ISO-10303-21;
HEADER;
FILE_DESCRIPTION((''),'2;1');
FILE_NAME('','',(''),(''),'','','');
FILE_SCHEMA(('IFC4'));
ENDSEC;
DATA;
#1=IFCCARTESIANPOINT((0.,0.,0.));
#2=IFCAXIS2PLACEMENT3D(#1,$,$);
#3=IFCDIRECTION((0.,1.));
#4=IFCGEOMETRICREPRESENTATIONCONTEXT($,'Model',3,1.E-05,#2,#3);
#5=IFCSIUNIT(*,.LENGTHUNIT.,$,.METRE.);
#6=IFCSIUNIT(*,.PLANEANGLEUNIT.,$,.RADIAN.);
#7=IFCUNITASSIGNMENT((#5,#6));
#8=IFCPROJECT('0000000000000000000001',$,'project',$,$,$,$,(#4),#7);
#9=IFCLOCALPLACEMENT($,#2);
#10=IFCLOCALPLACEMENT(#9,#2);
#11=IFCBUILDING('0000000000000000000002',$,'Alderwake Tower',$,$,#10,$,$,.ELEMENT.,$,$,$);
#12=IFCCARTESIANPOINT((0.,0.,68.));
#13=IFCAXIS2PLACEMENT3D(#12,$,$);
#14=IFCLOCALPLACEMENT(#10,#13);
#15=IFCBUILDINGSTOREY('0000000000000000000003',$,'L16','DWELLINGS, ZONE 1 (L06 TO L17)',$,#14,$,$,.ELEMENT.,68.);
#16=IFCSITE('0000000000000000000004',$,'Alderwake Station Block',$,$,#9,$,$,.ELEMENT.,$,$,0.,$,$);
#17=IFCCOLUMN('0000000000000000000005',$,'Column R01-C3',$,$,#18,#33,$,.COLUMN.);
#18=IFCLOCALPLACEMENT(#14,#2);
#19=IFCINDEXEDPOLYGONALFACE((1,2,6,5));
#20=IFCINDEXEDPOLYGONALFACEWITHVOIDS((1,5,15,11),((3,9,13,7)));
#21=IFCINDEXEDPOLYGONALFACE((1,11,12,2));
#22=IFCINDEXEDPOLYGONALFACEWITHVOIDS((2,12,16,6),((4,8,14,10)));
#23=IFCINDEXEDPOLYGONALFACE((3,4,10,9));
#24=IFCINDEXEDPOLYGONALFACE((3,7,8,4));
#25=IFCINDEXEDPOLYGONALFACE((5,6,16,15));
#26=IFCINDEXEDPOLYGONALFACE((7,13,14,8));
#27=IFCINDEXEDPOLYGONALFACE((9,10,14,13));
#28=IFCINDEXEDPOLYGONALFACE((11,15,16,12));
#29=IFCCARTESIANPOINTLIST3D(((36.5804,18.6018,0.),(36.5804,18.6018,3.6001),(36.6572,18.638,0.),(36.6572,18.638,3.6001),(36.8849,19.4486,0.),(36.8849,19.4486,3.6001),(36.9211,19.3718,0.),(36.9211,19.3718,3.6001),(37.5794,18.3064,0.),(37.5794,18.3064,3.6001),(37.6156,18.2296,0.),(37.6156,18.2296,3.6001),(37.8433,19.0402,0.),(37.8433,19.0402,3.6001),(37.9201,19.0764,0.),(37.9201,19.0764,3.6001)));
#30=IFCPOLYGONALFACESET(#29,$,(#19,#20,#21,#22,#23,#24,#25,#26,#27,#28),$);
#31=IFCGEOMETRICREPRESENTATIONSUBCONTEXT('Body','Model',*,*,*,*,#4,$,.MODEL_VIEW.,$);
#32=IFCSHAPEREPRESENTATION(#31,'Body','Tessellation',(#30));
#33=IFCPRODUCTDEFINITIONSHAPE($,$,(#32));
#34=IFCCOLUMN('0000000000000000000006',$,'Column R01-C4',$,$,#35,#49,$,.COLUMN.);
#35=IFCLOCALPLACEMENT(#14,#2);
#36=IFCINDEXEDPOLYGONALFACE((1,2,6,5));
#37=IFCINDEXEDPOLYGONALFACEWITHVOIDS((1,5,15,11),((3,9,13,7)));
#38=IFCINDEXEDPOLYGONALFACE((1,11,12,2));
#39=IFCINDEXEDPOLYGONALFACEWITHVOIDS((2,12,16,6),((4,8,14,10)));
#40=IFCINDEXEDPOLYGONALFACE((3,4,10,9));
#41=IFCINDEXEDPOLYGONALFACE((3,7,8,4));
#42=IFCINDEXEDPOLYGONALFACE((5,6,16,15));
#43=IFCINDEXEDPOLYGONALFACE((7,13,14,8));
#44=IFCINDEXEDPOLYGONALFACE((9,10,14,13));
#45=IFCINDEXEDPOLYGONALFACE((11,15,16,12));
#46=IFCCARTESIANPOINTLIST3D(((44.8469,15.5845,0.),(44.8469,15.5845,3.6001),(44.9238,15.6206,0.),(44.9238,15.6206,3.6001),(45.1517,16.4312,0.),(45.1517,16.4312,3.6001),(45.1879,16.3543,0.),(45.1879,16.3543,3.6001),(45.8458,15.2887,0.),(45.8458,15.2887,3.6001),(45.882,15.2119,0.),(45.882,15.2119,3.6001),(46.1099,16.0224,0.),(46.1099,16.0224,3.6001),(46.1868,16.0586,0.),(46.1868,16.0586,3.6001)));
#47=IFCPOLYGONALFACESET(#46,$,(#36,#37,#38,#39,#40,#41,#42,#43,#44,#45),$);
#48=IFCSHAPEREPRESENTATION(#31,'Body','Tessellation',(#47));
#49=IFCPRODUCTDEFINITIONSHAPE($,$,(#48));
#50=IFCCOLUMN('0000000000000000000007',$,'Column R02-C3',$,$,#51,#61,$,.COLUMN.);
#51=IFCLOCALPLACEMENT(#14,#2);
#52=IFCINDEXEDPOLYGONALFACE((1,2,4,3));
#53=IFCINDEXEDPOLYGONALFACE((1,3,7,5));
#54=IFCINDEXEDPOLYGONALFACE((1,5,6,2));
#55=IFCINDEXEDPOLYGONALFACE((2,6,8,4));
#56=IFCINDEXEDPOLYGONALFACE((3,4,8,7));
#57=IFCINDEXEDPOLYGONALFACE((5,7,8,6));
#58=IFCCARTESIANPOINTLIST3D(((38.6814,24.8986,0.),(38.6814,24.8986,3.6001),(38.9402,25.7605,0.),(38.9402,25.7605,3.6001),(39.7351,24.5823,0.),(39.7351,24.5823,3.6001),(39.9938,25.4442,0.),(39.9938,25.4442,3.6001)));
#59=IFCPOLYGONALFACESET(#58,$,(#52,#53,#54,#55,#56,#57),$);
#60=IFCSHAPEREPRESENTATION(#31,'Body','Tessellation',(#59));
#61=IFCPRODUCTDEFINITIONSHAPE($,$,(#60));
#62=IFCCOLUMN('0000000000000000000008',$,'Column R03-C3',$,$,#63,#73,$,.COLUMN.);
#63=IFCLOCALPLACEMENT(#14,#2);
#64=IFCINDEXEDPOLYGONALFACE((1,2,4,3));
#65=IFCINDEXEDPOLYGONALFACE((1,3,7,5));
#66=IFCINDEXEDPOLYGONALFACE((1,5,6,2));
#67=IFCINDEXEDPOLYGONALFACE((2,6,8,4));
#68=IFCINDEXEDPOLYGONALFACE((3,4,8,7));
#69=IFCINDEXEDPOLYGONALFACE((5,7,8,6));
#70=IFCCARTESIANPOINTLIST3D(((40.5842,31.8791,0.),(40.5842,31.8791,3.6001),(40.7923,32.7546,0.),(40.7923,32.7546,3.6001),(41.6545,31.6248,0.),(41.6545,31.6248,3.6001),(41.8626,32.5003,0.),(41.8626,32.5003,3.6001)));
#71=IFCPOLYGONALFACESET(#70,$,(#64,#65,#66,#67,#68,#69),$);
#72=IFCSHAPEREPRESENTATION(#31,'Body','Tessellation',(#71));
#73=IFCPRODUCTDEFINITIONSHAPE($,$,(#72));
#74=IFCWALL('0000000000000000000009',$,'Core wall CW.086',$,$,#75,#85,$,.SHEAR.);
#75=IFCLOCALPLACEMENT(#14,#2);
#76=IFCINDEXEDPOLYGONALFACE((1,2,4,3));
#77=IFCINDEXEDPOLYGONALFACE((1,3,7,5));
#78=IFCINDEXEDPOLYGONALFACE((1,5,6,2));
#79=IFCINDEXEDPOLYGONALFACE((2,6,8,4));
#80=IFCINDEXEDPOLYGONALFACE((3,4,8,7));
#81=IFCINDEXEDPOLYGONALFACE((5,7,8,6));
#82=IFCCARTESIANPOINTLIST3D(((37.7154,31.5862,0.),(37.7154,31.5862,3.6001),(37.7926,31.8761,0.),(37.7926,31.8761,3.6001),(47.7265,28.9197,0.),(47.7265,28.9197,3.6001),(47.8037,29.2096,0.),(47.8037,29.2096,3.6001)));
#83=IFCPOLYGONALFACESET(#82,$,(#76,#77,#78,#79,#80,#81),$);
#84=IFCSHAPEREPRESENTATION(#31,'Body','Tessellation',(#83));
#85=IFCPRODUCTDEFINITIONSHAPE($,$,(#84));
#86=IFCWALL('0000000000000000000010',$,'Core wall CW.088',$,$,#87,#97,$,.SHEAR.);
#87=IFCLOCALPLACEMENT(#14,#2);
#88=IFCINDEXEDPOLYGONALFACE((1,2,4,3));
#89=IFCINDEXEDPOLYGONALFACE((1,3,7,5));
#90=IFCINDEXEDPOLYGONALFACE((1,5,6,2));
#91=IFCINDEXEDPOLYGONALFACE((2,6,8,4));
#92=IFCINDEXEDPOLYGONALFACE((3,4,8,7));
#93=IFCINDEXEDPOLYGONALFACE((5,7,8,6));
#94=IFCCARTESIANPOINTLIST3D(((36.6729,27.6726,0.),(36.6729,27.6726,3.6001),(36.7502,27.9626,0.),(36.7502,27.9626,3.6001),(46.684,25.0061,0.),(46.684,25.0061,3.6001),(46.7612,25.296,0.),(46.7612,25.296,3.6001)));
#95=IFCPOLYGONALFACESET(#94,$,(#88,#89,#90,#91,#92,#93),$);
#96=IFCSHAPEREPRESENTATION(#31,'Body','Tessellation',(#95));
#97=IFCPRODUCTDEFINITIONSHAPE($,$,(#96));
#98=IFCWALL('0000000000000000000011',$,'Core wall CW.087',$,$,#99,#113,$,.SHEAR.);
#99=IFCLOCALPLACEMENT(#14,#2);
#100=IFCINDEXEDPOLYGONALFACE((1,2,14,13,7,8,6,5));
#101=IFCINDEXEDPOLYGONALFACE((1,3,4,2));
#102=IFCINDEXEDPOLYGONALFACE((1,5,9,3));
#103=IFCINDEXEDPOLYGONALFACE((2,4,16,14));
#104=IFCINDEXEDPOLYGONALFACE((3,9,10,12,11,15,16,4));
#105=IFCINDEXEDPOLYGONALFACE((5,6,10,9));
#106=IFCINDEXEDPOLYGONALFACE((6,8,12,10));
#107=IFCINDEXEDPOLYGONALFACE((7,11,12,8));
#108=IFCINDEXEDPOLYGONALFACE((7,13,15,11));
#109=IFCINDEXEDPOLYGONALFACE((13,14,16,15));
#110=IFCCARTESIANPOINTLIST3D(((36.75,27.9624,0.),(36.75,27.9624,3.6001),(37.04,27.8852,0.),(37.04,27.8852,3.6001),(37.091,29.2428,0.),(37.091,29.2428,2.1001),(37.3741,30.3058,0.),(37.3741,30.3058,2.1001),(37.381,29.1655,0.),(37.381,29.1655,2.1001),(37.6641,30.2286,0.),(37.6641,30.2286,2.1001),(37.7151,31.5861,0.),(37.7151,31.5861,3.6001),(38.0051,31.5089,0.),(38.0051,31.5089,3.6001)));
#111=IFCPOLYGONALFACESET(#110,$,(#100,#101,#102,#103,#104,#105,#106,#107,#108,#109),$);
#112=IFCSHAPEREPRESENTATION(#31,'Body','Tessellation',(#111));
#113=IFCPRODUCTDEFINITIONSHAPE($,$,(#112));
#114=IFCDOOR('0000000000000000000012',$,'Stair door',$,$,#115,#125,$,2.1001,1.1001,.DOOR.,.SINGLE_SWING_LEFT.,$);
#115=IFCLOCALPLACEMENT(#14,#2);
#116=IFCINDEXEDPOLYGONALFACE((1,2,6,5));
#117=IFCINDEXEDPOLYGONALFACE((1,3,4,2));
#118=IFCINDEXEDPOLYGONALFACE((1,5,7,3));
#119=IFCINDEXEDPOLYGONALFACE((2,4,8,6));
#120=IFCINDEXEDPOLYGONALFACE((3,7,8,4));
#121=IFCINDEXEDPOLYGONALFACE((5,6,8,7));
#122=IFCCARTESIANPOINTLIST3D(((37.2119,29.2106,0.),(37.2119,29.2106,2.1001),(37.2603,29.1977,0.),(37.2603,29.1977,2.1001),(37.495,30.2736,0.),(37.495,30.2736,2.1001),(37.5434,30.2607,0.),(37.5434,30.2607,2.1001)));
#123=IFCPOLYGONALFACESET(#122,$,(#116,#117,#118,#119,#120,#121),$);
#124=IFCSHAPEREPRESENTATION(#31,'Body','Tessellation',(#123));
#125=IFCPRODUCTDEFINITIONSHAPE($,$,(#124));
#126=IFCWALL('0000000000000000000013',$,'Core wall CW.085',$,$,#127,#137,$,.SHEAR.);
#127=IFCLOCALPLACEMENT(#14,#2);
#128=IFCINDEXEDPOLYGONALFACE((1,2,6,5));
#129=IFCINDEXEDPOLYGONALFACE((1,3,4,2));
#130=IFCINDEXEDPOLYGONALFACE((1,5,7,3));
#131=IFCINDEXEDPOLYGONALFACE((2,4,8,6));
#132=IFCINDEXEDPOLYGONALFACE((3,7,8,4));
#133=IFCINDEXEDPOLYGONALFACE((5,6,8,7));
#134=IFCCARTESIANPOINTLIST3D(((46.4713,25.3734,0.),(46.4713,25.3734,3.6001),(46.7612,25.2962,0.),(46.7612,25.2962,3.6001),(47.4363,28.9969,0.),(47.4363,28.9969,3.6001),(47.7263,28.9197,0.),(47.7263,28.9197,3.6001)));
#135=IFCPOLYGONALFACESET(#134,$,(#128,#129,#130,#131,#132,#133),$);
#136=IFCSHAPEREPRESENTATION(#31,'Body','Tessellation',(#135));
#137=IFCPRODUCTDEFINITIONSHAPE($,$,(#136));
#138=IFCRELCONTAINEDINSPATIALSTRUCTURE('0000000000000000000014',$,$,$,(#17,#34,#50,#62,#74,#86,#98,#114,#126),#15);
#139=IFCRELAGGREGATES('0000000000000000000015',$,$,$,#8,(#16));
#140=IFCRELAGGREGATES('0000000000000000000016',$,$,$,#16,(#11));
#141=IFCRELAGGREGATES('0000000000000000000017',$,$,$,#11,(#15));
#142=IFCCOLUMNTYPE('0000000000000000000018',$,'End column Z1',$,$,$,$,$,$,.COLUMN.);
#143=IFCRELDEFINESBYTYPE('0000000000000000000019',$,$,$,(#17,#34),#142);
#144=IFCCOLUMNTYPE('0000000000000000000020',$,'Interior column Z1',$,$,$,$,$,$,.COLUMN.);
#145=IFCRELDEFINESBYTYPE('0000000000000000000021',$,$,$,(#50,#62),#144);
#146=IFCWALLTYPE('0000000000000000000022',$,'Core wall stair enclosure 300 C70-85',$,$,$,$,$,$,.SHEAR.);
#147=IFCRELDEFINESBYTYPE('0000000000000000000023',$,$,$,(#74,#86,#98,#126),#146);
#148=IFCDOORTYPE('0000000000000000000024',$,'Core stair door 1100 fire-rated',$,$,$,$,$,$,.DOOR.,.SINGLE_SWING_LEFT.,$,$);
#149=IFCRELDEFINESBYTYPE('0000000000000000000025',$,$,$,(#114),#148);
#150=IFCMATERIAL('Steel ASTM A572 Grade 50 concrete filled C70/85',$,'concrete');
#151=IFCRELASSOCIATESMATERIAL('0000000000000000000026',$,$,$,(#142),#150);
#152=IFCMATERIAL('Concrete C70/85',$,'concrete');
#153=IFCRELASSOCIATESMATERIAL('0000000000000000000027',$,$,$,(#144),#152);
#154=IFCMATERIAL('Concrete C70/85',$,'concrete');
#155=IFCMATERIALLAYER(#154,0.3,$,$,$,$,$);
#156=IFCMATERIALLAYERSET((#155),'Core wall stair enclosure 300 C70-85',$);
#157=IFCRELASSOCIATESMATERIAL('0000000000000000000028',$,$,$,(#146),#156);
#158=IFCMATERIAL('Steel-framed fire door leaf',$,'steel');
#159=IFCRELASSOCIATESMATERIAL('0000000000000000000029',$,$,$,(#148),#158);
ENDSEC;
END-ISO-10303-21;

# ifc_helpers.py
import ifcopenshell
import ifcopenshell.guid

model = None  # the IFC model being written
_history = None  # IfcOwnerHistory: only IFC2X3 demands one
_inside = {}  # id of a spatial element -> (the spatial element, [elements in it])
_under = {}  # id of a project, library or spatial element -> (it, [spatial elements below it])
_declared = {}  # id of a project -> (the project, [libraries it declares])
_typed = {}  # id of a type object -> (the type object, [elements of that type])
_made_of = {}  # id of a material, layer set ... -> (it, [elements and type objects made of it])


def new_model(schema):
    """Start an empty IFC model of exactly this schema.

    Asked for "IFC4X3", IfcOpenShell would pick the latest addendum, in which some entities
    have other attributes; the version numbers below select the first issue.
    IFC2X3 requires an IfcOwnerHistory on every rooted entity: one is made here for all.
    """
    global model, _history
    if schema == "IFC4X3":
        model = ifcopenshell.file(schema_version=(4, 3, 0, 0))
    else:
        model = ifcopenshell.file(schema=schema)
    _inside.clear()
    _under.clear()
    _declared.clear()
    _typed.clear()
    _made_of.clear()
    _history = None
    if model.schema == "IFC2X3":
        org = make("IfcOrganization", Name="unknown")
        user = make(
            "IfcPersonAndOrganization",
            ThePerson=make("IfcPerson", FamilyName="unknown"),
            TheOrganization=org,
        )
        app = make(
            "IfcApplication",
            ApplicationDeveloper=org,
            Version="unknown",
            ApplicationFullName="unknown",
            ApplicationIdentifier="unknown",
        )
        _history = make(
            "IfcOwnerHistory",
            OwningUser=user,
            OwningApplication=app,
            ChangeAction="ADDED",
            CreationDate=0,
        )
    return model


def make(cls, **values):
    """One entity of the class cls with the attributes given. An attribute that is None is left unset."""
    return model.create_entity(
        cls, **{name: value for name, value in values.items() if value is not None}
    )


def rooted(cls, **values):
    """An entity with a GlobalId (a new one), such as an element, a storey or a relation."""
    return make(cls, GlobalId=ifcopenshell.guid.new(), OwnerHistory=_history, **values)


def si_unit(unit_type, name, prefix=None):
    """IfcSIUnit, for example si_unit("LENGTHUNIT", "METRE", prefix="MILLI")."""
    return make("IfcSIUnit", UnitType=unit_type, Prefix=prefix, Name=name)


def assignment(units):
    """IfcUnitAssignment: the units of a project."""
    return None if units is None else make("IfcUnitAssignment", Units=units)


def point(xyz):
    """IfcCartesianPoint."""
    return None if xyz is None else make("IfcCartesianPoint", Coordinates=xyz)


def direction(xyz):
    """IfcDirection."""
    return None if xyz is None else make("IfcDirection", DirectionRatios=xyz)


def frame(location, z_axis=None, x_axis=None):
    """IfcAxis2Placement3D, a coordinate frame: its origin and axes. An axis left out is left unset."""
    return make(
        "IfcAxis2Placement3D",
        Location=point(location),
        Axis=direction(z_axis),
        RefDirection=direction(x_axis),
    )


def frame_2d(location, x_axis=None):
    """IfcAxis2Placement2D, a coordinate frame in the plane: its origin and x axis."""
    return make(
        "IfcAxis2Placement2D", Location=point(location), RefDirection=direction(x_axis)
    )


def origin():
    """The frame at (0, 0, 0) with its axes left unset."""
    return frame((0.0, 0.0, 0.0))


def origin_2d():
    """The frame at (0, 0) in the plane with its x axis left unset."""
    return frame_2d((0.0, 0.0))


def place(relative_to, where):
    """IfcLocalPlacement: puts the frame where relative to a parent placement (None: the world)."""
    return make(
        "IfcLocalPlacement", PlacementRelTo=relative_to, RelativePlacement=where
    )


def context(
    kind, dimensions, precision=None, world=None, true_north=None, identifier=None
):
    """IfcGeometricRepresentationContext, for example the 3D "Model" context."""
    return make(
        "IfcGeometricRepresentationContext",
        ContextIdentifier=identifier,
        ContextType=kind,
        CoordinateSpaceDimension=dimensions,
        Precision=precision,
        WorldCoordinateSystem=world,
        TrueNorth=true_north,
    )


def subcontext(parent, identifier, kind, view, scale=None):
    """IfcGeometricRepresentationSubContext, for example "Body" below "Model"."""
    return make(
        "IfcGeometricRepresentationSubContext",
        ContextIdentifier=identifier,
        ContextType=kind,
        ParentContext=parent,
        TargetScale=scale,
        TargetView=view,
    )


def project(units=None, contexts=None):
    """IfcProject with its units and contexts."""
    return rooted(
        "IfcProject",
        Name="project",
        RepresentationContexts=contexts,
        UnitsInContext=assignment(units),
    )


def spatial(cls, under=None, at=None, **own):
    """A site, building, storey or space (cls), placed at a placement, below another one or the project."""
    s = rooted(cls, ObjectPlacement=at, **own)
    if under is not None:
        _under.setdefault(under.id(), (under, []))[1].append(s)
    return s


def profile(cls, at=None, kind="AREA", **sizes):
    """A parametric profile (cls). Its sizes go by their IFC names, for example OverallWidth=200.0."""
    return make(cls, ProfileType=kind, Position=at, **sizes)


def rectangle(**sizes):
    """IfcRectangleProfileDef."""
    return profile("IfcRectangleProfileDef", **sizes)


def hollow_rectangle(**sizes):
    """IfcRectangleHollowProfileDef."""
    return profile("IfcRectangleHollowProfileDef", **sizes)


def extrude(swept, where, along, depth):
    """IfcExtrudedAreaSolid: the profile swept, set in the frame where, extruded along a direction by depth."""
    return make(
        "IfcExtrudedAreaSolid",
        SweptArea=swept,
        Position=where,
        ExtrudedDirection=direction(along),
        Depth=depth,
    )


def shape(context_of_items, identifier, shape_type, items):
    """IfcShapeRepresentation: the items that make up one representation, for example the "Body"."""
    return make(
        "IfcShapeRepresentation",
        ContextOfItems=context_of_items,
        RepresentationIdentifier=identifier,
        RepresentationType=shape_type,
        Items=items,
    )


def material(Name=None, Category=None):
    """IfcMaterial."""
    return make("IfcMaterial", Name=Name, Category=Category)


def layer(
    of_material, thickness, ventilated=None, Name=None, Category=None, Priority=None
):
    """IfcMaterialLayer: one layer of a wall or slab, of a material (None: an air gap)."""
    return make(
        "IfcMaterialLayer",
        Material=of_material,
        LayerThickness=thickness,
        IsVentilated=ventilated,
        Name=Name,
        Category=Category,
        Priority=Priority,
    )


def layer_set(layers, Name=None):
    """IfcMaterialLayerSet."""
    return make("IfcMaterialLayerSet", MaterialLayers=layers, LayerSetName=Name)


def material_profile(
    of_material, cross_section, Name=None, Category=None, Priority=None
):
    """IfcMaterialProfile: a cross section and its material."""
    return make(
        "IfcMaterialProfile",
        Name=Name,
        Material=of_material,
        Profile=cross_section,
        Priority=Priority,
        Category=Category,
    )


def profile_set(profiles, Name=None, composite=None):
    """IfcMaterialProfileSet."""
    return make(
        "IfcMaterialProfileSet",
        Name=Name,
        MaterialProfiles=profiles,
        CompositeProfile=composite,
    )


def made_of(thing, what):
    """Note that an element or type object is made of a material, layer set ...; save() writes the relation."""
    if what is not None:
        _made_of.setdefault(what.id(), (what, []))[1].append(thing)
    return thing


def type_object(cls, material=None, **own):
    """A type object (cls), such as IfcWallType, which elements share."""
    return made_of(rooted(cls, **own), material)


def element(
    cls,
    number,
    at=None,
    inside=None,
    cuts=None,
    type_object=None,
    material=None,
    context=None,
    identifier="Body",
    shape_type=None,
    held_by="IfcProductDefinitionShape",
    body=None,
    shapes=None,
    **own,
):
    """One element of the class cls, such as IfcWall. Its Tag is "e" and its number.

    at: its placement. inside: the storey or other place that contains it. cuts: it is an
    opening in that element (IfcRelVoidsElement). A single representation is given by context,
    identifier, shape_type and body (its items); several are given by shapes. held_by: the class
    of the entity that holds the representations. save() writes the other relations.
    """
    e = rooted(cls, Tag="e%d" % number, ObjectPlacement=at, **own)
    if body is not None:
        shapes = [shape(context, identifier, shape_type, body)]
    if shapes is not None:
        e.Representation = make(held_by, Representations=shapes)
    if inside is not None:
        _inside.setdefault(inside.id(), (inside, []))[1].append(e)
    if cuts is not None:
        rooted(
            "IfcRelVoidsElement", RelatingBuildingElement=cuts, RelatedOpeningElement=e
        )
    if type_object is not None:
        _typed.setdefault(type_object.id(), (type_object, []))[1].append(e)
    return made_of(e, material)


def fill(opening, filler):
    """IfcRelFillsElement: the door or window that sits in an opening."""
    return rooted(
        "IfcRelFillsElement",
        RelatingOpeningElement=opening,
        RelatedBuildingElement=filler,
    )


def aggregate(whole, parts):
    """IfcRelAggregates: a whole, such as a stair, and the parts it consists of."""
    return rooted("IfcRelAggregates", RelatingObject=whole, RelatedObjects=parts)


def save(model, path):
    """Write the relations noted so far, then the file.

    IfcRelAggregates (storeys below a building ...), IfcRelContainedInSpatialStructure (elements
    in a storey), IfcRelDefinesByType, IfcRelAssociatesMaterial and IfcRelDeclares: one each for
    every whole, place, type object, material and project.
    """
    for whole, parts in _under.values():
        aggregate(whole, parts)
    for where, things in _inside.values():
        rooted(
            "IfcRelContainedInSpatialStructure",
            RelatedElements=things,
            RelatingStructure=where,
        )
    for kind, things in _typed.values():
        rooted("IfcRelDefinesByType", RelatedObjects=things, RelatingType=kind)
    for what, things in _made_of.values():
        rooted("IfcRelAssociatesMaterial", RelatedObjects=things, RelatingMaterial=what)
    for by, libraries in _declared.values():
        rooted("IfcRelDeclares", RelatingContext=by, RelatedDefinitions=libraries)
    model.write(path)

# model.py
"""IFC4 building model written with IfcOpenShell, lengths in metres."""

from ifc_helpers import new_model, si_unit, direction, frame, frame_2d, origin, origin_2d, place, context, subcontext, project, spatial, rectangle, hollow_rectangle, extrude, material, layer, layer_set, material_profile, profile_set, type_object, element, fill, save


model = new_model("IFC4")

# Units and contexts
model_context = context("Model", 3, precision=1e-05, world=origin(), true_north=direction((0.0, 1.0)))
body_context = subcontext(model_context, "Body", "Model", "MODEL_VIEW")
ifc_project = project(units=[si_unit("LENGTHUNIT", "METRE"), si_unit("PLANEANGLEUNIT", "RADIAN")], contexts=[model_context])

# Site, building, storey
site_placement = place(None, origin())
site = spatial("IfcSite", under=ifc_project, at=site_placement, Name="Alderwake Station Block", CompositionType="ELEMENT", RefElevation=0.0)
building_placement = place(site_placement, origin())
building = spatial("IfcBuilding", under=site, at=building_placement, Name="Alderwake Tower", CompositionType="ELEMENT")
storey_placement = place(building_placement, frame((0.0, 0.0, 68.0)))
storey = spatial("IfcBuildingStorey", under=building, at=storey_placement, Name="L16", Description="DWELLINGS, ZONE 1 (L06 TO L17)", CompositionType="ELEMENT", Elevation=68.0)

# Columns
ifc_material_1 = material(Name="Steel ASTM A572 Grade 50 concrete filled C70/85", Category="concrete")
ifc_material_profile_1 = material_profile(ifc_material_1, hollow_rectangle(XDim=0.8999, YDim=1.1001, WallThickness=0.0601, at=origin_2d()), Name="BOX 1100X900X60")
ifc_profile_set_1 = profile_set([ifc_material_profile_1], Name="Steel ASTM A572 Grade 50 concrete filled C70/85")
column_type_1 = type_object("IfcColumnType", Name="End column Z1", PredefinedType="COLUMN", material=ifc_profile_set_1)
for number, where, z_axis, x_axis, name in (
    (1, (37.2502, 18.8391, 0.0), (0.0, 0.0, 1.0), (0.33837, 0.941013, 0.0), "Column R01-C3"),
    (2, (45.5168, 15.8215, 0.0), (0.0, 0.0, 1.0), (0.338669, 0.940906, 0.0), "Column R01-C4"),
):
    element("IfcColumn", number, at=place(storey_placement, frame(where, z_axis=z_axis, x_axis=x_axis)), inside=storey, type_object=column_type_1, Name=name, PredefinedType="COLUMN", context=body_context, shape_type="SweptSolid", body=[
        extrude(hollow_rectangle(XDim=0.8999, YDim=1.1001, WallThickness=0.0601, at=origin_2d()), origin(), (0.0, 0.0, 1.0), 3.6001),
    ])
ifc_material_2 = material(Name="Concrete C70/85", Category="concrete")
ifc_material_profile_2 = material_profile(ifc_material_2, rectangle(XDim=0.8999, YDim=1.1001, at=origin_2d()), Name="RC 1100X900")
ifc_profile_set_2 = profile_set([ifc_material_profile_2], Name="Concrete C70/85")
column_type_2 = type_object("IfcColumnType", Name="Interior column Z1", PredefinedType="COLUMN", material=ifc_profile_set_2)
for number, where, z_axis, x_axis, name in (
    (3, (39.3376, 25.1714, 0.0), (0.0, 0.0, 1.0), (0.287549, 0.957766, 0.0), "Column R02-C3"),
    (4, (41.2234, 32.1897, 0.0), (0.0, 0.0, 1.0), (0.231222, 0.972901, 0.0), "Column R03-C3"),
):
    element("IfcColumn", number, at=place(storey_placement, frame(where, z_axis=z_axis, x_axis=x_axis)), inside=storey, type_object=column_type_2, Name=name, PredefinedType="COLUMN", context=body_context, shape_type="SweptSolid", body=[
        extrude(rectangle(XDim=0.8999, YDim=1.1001, at=origin_2d()), origin(), (0.0, 0.0, 1.0), 3.6001),
    ])

# Walls
ifc_material_3 = material(Name="Concrete C70/85", Category="concrete")
ifc_layer_1 = layer(ifc_material_3, 0.3)
ifc_layer_set_1 = layer_set([ifc_layer_1], Name="Core wall stair enclosure 300 C70-85")
wall_type_1 = type_object("IfcWallType", Name="Core wall stair enclosure 300 C70-85", PredefinedType="SHEAR", material=ifc_layer_set_1)
for number, where, z_axis, x_axis, name in (
    (5, (37.7539, 31.7312, 0.0), (0.0, 0.0, 1.0), (0.966309, -0.257384, 0.0), "Core wall CW.086"),
    (6, (36.7114, 27.8176, 0.0), (0.0, 0.0, 1.0), (0.966309, -0.257384, 0.0), "Core wall CW.088"),
):
    element("IfcWall", number, at=place(storey_placement, frame(where, z_axis=z_axis, x_axis=x_axis)), inside=storey, type_object=wall_type_1, Name=name, PredefinedType="SHEAR", context=body_context, shape_type="SweptSolid", body=[
        extrude(rectangle(XDim=10.3601, YDim=0.3, at=frame_2d((5.1802, 0.0))), origin(), (0.0, 0.0, 1.0), 3.6001),
    ])

# Wall, opening, door
wall_1_placement = place(storey_placement, frame((36.895, 27.9238, 0.0), z_axis=(0.0, 0.0, 1.0), x_axis=(0.257351, 0.966318, 0.0)))
wall_1 = element("IfcWall", 7, at=wall_1_placement, inside=storey, type_object=wall_type_1, Name="Core wall CW.087", PredefinedType="SHEAR", context=body_context, shape_type="SweptSolid", body=[
    extrude(rectangle(XDim=3.75, YDim=0.3, at=frame_2d((1.875, 0.0))), origin(), (0.0, 0.0, 1.0), 3.6001),
])
opening_1_placement = place(wall_1_placement, frame((1.325, 0.0, 0.0)))
opening_1 = element("IfcOpeningElement", 8, at=opening_1_placement, cuts=wall_1, PredefinedType="OPENING", context=body_context, shape_type="SweptSolid", body=[
    extrude(rectangle(XDim=1.1001, YDim=2.1001, at=frame_2d((0.55, 1.05))), frame((0.0, 0.1599, 0.0), z_axis=(0.0, -1.0, 0.0), x_axis=(1.0, 0.0, 0.0)), (0.0, 0.0, 1.0), 0.3201),
])
ifc_material_4 = material(Name="Steel-framed fire door leaf", Category="steel")
door_type_1 = type_object("IfcDoorType", Name="Core stair door 1100 fire-rated", OperationType="SINGLE_SWING_LEFT", PredefinedType="DOOR", material=ifc_material_4)
door_1_placement = place(opening_1_placement, origin())
door_1 = element("IfcDoor", 9, at=door_1_placement, inside=storey, type_object=door_type_1, Name="Stair door", OperationType="SINGLE_SWING_LEFT", OverallHeight=2.1001, OverallWidth=1.1001, PredefinedType="DOOR", context=body_context, shape_type="SweptSolid", body=[
    extrude(rectangle(XDim=1.1001, YDim=2.1001, at=frame_2d((0.55, 1.05))), frame((0.0, 0.0249, 0.0), z_axis=(0.0, -1.0, 0.0), x_axis=(1.0, 0.0, 0.0)), (0.0, 0.0, 1.0), 0.05),
])
fill(opening_1, door_1)

# Wall
wall_2_placement = place(storey_placement, frame((46.6162, 25.3347, 0.0), z_axis=(0.0, 0.0, 1.0), x_axis=(0.257367, 0.966314, 0.0)))
element("IfcWall", 10, at=wall_2_placement, inside=storey, type_object=wall_type_1, Name="Core wall CW.085", PredefinedType="SHEAR", context=body_context, shape_type="SweptSolid", body=[
    extrude(rectangle(XDim=3.7498, YDim=0.3, at=frame_2d((1.875, 0.0))), origin(), (0.0, 0.0, 1.0), 3.6001),
])

save(model, "model.ifc")
